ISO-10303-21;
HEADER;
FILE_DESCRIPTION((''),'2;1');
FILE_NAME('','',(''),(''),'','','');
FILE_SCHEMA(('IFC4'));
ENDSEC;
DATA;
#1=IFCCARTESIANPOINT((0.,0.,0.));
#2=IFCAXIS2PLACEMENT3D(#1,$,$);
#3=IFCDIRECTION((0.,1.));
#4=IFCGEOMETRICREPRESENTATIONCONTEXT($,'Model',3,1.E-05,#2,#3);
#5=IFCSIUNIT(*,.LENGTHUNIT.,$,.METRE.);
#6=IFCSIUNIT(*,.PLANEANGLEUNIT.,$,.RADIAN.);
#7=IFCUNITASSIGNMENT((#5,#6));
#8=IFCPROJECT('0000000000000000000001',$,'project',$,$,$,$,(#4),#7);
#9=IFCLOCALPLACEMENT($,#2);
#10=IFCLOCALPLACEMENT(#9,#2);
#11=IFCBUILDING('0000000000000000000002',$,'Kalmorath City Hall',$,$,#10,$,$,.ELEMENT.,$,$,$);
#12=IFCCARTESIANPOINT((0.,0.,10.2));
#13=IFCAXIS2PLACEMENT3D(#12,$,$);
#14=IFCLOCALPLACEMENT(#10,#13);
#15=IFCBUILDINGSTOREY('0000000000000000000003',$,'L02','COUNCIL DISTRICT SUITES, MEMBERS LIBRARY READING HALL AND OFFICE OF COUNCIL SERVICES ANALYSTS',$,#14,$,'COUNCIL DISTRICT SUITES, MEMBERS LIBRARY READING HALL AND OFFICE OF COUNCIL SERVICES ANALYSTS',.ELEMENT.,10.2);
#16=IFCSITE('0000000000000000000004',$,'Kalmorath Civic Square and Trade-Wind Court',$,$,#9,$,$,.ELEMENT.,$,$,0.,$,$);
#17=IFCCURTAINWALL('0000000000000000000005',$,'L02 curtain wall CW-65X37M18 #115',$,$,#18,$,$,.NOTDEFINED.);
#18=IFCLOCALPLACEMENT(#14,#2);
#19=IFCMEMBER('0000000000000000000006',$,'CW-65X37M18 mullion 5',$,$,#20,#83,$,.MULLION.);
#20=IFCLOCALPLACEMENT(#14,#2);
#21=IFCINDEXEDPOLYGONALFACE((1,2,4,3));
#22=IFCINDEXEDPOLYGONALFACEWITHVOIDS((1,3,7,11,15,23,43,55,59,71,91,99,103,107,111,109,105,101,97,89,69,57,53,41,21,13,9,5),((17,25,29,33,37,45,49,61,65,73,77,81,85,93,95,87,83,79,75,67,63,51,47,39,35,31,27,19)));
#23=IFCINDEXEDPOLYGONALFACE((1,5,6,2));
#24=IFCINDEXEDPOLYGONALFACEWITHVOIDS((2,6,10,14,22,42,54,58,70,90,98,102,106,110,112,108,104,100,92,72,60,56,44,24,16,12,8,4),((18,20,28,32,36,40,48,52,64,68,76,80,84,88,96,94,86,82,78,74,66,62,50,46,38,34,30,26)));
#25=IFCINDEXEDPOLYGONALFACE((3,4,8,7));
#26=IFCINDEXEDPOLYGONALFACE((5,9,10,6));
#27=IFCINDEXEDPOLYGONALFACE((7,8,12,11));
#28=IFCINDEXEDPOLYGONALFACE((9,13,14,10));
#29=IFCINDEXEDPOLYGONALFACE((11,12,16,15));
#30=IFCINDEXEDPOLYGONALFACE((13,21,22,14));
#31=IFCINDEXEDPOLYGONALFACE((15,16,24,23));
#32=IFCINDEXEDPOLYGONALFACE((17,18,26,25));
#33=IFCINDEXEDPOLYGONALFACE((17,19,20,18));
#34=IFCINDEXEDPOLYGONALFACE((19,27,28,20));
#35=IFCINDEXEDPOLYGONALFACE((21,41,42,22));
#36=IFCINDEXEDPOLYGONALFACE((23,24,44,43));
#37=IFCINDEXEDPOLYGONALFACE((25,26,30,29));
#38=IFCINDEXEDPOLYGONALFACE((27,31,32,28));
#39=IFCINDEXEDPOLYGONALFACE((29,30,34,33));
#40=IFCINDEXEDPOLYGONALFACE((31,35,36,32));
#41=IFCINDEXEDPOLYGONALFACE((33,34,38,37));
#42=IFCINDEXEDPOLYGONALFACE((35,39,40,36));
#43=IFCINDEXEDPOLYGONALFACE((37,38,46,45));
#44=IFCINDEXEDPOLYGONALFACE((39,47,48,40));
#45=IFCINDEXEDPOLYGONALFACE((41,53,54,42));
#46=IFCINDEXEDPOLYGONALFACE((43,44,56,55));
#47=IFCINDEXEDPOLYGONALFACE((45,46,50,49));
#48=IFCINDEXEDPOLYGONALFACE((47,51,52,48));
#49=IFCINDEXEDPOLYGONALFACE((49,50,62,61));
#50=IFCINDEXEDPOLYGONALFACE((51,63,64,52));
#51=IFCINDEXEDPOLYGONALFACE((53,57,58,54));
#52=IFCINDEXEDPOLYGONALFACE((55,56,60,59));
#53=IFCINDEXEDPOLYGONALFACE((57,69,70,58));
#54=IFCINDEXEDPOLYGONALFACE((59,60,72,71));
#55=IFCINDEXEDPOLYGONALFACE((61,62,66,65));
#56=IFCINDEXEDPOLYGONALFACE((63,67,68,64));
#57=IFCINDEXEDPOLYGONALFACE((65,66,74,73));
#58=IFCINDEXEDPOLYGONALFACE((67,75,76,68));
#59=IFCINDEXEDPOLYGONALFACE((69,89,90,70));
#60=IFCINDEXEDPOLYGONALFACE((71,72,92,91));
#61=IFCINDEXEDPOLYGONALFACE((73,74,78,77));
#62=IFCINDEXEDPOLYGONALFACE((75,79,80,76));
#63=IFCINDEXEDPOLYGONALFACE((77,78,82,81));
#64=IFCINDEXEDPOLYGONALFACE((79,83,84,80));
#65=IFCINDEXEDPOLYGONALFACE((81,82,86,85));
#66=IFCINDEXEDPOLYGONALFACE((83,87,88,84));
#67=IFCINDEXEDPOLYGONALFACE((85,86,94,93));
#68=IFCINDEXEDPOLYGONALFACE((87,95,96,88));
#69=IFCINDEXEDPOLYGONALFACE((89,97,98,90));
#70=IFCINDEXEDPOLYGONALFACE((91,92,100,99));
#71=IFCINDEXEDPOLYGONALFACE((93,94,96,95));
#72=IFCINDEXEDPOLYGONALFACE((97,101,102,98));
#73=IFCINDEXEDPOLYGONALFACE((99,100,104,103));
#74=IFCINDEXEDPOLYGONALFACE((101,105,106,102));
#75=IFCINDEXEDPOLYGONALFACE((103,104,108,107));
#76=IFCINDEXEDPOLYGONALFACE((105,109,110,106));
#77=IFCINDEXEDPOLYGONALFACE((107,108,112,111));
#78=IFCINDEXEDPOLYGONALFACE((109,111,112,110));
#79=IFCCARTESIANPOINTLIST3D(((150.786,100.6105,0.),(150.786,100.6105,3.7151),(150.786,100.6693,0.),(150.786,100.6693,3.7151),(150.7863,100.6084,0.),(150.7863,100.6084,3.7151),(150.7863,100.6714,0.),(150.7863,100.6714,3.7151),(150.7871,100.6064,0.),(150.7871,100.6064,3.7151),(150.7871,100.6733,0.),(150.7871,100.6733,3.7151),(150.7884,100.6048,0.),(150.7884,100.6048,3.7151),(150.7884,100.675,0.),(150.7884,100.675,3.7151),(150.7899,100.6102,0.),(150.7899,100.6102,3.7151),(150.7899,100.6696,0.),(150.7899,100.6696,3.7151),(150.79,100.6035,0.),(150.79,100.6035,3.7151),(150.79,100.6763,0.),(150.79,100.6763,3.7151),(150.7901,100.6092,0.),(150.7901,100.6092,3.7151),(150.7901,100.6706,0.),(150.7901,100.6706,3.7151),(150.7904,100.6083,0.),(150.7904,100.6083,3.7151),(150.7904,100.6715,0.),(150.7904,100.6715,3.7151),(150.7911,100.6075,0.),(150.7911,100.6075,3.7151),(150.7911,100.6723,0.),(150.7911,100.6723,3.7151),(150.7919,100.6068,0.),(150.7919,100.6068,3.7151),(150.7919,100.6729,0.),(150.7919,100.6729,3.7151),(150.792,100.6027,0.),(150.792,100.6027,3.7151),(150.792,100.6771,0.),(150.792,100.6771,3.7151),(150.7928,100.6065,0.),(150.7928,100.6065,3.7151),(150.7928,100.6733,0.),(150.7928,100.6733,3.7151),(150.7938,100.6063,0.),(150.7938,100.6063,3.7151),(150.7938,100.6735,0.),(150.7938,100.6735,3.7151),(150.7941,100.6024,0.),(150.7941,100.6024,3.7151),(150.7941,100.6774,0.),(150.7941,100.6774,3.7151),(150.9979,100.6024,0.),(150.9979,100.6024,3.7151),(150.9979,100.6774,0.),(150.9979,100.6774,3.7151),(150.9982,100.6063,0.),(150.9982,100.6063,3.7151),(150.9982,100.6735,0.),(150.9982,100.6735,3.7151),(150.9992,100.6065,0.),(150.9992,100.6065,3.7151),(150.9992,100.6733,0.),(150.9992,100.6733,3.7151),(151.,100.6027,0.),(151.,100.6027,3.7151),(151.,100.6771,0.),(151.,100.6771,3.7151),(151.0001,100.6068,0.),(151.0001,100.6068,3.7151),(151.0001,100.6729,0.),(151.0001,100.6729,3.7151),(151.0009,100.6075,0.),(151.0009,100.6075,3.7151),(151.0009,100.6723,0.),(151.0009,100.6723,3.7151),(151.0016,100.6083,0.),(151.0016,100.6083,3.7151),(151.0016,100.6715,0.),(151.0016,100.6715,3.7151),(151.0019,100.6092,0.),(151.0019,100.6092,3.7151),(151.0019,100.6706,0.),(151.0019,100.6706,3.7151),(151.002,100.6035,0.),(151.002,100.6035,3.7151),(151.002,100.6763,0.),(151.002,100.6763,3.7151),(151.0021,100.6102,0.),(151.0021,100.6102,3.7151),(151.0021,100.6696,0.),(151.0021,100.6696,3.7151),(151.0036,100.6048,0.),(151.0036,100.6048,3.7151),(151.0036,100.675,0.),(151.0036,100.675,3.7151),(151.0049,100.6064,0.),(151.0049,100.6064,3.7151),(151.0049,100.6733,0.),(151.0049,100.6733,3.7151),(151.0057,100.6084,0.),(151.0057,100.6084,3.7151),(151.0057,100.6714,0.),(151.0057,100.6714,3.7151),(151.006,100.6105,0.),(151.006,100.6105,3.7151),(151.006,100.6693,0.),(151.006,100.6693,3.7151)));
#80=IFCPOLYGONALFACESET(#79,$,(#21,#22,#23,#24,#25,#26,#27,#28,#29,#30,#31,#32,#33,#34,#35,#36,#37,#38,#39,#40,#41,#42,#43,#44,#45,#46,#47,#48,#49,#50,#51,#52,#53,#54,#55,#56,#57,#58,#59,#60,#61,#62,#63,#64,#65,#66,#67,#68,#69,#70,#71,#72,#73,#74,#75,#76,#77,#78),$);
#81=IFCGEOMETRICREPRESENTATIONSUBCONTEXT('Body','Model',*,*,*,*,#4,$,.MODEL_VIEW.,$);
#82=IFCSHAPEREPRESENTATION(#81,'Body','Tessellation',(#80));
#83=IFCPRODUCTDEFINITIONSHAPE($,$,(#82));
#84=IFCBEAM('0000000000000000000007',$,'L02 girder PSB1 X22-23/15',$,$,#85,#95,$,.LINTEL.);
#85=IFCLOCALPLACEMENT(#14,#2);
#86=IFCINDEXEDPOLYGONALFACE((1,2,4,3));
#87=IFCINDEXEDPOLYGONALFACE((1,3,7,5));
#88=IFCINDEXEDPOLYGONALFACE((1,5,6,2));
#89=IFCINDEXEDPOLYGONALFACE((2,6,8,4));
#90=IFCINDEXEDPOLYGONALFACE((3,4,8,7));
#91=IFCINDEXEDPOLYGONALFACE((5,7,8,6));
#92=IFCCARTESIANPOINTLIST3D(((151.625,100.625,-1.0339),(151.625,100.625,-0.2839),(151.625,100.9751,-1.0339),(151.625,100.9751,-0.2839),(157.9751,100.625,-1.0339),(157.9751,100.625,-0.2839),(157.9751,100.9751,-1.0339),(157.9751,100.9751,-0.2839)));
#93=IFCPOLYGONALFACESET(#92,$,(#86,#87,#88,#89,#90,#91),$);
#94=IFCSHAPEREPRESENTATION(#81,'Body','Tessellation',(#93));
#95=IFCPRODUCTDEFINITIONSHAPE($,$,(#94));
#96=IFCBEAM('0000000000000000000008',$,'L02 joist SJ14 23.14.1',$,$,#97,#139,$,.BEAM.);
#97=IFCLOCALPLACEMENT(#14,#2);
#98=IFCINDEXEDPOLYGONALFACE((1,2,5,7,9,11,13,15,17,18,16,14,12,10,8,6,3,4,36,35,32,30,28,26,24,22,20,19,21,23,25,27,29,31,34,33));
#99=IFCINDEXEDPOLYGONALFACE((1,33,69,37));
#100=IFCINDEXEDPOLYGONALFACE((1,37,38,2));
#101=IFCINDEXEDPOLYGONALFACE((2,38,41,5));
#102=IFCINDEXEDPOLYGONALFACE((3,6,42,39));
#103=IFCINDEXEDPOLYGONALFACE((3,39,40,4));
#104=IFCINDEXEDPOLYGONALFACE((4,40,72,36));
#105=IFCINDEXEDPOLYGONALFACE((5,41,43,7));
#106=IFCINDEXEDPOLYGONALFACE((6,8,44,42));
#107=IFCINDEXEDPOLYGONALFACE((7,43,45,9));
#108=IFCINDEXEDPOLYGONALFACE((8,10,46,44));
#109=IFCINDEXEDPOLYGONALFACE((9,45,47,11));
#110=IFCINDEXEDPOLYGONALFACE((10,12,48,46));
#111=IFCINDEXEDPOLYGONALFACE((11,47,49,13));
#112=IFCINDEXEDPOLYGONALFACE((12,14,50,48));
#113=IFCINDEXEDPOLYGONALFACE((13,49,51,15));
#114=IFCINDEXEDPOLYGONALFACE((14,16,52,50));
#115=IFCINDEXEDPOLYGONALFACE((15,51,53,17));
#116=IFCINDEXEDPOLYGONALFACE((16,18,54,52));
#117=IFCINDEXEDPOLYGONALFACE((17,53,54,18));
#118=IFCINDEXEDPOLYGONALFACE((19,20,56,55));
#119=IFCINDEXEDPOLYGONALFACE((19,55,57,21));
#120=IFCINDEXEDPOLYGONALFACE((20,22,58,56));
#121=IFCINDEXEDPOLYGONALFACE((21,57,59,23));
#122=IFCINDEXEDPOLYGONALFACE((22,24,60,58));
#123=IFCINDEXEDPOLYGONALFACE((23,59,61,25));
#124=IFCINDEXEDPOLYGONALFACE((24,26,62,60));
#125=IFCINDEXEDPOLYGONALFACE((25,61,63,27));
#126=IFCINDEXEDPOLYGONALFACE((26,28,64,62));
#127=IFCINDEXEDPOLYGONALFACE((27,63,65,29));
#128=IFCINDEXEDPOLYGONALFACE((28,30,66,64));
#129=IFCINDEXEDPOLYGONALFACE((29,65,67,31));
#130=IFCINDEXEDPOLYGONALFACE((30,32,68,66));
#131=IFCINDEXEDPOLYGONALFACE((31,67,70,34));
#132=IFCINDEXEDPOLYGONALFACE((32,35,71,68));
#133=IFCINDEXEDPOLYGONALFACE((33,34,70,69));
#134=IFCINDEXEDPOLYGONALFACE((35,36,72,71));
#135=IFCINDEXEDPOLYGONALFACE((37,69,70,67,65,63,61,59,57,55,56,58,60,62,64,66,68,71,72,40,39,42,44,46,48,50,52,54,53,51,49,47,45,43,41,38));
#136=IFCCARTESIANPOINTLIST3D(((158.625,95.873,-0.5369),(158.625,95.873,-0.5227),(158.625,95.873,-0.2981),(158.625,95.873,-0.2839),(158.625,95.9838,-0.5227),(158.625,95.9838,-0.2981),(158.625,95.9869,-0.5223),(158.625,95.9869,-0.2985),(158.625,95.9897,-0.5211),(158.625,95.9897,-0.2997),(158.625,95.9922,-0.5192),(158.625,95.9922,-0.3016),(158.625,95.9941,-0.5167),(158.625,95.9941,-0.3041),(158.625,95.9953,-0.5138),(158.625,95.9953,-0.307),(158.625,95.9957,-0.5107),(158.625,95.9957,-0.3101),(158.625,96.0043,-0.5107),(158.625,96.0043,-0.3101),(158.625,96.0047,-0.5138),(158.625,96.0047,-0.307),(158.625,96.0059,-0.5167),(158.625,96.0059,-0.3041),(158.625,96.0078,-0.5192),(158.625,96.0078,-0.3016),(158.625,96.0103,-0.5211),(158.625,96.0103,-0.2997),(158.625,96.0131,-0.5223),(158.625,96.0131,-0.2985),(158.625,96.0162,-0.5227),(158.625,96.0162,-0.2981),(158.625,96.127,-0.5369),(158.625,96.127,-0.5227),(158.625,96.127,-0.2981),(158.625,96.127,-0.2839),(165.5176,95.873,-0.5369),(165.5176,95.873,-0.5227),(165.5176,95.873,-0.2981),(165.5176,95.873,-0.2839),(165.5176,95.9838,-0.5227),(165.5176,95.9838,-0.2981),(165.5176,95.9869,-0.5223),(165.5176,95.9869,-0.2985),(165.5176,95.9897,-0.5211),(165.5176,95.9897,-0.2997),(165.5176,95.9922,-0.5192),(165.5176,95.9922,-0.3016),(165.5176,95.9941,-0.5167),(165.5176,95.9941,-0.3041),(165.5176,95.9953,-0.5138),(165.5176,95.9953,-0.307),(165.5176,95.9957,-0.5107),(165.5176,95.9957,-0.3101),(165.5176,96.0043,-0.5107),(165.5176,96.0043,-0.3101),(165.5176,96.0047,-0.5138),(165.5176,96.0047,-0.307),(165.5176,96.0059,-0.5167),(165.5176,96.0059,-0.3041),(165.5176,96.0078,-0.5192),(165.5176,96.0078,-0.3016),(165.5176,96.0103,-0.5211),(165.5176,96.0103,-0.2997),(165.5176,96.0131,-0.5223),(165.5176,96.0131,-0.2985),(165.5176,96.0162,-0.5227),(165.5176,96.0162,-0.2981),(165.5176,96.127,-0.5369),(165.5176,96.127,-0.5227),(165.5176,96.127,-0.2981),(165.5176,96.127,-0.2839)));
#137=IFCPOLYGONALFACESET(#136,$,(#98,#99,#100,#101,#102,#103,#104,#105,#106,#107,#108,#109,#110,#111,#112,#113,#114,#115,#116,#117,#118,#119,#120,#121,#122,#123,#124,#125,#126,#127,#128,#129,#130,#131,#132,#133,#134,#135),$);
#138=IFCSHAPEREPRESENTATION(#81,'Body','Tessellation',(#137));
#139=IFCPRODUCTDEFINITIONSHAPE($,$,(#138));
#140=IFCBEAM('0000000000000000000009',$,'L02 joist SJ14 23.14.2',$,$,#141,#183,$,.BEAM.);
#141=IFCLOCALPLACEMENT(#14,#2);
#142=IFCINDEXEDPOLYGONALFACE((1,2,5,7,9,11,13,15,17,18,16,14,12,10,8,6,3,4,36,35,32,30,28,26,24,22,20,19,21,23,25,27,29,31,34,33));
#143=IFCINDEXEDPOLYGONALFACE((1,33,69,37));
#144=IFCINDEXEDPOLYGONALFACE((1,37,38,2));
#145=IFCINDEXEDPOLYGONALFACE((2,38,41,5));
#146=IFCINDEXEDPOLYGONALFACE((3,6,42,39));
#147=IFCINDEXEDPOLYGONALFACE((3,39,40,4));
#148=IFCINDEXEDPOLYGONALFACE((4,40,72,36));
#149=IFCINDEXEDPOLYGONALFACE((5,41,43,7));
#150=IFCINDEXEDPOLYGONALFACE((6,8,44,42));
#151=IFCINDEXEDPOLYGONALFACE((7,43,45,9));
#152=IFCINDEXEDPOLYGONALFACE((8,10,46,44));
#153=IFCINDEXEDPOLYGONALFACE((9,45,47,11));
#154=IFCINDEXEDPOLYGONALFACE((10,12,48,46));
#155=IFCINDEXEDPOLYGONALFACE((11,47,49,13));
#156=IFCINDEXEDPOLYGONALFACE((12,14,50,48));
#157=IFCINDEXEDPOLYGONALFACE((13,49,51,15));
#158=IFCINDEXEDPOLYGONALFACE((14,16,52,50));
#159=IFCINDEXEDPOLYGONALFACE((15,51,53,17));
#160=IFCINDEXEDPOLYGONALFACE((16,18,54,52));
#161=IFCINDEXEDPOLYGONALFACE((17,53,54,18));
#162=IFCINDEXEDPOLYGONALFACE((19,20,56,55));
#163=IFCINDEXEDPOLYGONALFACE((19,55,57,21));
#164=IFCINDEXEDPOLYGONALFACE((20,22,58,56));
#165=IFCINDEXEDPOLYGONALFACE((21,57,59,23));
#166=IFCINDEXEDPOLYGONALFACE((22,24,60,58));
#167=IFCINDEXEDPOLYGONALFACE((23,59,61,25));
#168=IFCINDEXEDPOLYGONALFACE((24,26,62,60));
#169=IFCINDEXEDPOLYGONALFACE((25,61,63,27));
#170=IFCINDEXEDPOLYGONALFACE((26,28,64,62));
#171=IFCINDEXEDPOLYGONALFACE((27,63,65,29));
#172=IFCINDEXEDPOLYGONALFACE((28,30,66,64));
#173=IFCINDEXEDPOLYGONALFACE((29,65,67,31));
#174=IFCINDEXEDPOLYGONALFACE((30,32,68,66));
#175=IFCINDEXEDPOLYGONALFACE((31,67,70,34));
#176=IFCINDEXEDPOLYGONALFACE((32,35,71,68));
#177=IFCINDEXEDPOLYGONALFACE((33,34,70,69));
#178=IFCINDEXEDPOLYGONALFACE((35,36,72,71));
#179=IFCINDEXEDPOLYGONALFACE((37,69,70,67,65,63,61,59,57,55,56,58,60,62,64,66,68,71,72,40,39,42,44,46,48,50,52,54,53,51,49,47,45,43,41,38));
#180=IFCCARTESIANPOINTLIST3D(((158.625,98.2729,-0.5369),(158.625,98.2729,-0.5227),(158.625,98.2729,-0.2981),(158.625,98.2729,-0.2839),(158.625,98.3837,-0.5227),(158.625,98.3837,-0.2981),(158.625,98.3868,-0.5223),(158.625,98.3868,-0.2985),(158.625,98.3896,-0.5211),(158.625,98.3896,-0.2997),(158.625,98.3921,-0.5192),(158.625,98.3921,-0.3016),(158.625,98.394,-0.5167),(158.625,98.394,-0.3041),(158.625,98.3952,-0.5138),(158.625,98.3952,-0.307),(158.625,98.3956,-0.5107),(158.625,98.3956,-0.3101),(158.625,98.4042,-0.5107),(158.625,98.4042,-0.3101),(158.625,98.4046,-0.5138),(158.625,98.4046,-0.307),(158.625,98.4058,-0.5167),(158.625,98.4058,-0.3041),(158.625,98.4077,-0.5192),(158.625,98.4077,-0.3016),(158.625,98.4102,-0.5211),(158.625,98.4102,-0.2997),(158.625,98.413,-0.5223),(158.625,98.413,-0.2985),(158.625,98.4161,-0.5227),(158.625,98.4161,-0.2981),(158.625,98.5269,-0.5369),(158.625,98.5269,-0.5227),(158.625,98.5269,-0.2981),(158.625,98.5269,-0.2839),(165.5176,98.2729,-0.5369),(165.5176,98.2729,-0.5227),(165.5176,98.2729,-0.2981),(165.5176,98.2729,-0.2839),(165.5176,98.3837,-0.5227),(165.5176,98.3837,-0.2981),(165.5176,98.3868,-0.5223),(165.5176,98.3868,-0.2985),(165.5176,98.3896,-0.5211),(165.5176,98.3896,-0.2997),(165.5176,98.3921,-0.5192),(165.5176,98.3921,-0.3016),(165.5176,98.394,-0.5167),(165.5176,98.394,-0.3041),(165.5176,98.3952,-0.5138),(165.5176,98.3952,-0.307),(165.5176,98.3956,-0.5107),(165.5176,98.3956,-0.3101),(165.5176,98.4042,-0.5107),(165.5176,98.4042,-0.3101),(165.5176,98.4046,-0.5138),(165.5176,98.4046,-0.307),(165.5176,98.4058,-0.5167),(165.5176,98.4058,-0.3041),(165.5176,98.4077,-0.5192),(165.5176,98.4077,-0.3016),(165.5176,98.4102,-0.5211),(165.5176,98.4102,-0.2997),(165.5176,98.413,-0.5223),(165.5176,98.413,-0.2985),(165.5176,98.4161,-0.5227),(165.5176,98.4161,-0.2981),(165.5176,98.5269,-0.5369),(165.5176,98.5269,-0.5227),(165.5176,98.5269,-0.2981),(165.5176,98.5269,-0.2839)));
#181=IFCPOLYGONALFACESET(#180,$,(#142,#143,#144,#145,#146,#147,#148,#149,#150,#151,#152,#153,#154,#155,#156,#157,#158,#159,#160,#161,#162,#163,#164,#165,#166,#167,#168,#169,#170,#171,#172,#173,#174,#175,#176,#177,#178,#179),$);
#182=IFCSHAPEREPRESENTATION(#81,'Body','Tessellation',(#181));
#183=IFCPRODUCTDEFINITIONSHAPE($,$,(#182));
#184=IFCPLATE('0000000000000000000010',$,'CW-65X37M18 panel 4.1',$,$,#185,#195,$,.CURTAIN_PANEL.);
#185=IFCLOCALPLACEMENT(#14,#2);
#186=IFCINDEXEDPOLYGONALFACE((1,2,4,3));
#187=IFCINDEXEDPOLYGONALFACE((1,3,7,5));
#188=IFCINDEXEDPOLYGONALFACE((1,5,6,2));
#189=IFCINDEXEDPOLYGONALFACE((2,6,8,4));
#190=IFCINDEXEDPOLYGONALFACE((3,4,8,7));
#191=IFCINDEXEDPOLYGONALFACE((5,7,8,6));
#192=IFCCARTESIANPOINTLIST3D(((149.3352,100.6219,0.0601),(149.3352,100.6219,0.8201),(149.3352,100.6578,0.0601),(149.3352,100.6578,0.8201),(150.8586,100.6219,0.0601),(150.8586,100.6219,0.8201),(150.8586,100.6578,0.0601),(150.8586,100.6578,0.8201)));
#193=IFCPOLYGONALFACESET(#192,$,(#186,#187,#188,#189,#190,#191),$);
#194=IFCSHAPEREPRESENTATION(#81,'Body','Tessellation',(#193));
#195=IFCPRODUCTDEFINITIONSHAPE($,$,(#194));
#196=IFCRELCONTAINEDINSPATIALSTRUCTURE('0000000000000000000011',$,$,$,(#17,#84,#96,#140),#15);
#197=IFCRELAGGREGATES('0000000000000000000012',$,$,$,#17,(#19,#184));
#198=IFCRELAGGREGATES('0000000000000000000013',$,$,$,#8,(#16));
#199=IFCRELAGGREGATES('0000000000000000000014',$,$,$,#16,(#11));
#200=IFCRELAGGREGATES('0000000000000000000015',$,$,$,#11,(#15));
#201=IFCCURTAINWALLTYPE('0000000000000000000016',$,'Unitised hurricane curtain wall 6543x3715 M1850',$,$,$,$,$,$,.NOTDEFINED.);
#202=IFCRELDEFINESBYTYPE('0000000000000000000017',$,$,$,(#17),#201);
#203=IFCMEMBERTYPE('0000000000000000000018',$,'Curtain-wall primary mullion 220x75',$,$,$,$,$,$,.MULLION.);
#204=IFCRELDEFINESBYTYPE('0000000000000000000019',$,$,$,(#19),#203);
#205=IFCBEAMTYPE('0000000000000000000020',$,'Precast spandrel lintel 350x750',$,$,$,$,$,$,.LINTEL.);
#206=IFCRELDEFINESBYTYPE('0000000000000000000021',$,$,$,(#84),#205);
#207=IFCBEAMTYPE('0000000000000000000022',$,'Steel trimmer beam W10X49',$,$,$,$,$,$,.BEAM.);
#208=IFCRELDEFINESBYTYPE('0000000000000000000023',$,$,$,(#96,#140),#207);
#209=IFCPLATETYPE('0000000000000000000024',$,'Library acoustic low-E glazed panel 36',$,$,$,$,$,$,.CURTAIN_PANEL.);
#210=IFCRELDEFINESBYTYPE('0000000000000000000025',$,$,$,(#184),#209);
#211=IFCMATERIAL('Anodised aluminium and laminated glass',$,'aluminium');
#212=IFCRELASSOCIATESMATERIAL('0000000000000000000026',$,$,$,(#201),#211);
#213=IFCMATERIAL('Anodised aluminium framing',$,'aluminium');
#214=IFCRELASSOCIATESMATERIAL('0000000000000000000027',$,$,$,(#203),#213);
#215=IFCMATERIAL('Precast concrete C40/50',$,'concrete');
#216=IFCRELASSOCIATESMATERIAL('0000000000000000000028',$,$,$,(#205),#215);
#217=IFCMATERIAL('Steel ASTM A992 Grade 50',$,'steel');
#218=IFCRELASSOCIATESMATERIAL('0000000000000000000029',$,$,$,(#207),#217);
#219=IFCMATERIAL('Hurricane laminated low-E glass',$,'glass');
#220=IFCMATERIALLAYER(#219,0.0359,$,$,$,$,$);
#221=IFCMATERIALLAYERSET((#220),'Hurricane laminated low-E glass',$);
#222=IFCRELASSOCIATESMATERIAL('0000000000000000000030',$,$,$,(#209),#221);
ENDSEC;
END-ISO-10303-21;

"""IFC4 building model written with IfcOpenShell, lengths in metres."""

from ifc_helpers import new_model, si_unit, direction, frame, origin, origin_2d, place, context, subcontext, project, spatial, rectangle, hollow_rectangle, i_section, extrude, material, layer, layer_set, material_profile, profile_set, type_object, element, aggregate, save


model = new_model("IFC4")

# Units and contexts
model_context = context("Model", 3, precision=1e-05, world=origin(), true_north=direction((0.0, 1.0)))
body_context = subcontext(model_context, "Body", "Model", "MODEL_VIEW")
ifc_project = project(units=[si_unit("LENGTHUNIT", "METRE"), si_unit("PLANEANGLEUNIT", "RADIAN")], contexts=[model_context])

# Site, building, storey
site_placement = place(None, origin())
site = spatial("IfcSite", under=ifc_project, at=site_placement, Name="Kalmorath Civic Square and Trade-Wind Court", CompositionType="ELEMENT", RefElevation=0.0)
building_placement = place(site_placement, origin())
building = spatial("IfcBuilding", under=site, at=building_placement, Name="Kalmorath City Hall", CompositionType="ELEMENT")
storey_placement = place(building_placement, frame((0.0, 0.0, 10.2)))
storey = spatial("IfcBuildingStorey", under=building, at=storey_placement, Name="L02", Description="COUNCIL DISTRICT SUITES, MEMBERS LIBRARY READING HALL AND OFFICE OF COUNCIL SERVICES ANALYSTS", LongName="COUNCIL DISTRICT SUITES, MEMBERS LIBRARY READING HALL AND OFFICE OF COUNCIL SERVICES ANALYSTS", CompositionType="ELEMENT", Elevation=10.2)

# Curtain wall, member
ifc_material_1 = material(Name="Anodised aluminium and laminated glass", Category="aluminium")
curtain_wall_type = type_object("IfcCurtainWallType", Name="Unitised hurricane curtain wall 6543x3715 M1850", PredefinedType="NOTDEFINED", material=ifc_material_1)
curtain_wall_placement = place(storey_placement, origin())
curtain_wall = element("IfcCurtainWall", 1, at=curtain_wall_placement, inside=storey, type_object=curtain_wall_type, Name="L02 curtain wall CW-65X37M18 #115", PredefinedType="NOTDEFINED")
ifc_material_2 = material(Name="Anodised aluminium framing", Category="aluminium")
ifc_material_profile_1 = material_profile(ifc_material_2, hollow_rectangle(XDim=0.075, YDim=0.22, WallThickness=0.0039, InnerFilletRadius=0.0039, OuterFilletRadius=0.0081, at=origin_2d()), Name="ALU-MUL-220X75X4")
ifc_profile_set_1 = profile_set([ifc_material_profile_1], Name="Anodised aluminium framing")
member_type_1 = type_object("IfcMemberType", Name="Curtain-wall primary mullion 220x75", PredefinedType="MULLION", material=ifc_profile_set_1)
member_1_placement = place(storey_placement, frame((150.896, 100.6399, 0.0), z_axis=(0.0, 0.0, 1.0), x_axis=(0.0, 1.0, 0.0)))
member_1 = element("IfcMember", 2, at=member_1_placement, type_object=member_type_1, Name="CW-65X37M18 mullion 5", PredefinedType="MULLION", context=body_context, shape_type="SweptSolid", body=[
    extrude(hollow_rectangle(XDim=0.075, YDim=0.22, WallThickness=0.0039, InnerFilletRadius=0.0039, OuterFilletRadius=0.0081, at=origin_2d()), origin(), (0.0, 0.0, 1.0), 3.7151),
])

# Beams
ifc_material_3 = material(Name="Precast concrete C40/50", Category="concrete")
ifc_material_profile_2 = material_profile(ifc_material_3, rectangle(XDim=0.3501, YDim=0.75, at=origin_2d()), Name="PC-SP-350X750")
ifc_profile_set_2 = profile_set([ifc_material_profile_2], Name="Precast concrete C40/50")
beam_type_1 = type_object("IfcBeamType", Name="Precast spandrel lintel 350x750", PredefinedType="LINTEL", material=ifc_profile_set_2)
beam_placement = place(storey_placement, frame((151.625, 100.8, -0.6589), z_axis=(1.0, 0.0, 0.0), x_axis=(0.0, 1.0, 0.0)))
element("IfcBeam", 3, at=beam_placement, inside=storey, type_object=beam_type_1, Name="L02 girder PSB1 X22-23/15", PredefinedType="LINTEL", context=body_context, shape_type="SweptSolid", body=[
    extrude(rectangle(XDim=0.3501, YDim=0.75, at=origin_2d()), origin(), (0.0, 0.0, 1.0), 6.3501),
])
ifc_material_4 = material(Name="Steel ASTM A992 Grade 50", Category="steel")
ifc_material_profile_3 = material_profile(ifc_material_4, i_section(OverallWidth=0.2539, OverallDepth=0.2529, WebThickness=0.0085, FlangeThickness=0.0142, FilletRadius=0.012, at=origin_2d()), Name="W10X49")
ifc_profile_set_3 = profile_set([ifc_material_profile_3], Name="Steel ASTM A992 Grade 50")
beam_type_2 = type_object("IfcBeamType", Name="Steel trimmer beam W10X49", PredefinedType="BEAM", material=ifc_profile_set_3)
for number, where, z_axis, x_axis, name in (
    (4, (158.625, 96.0, -0.4104), (1.0, 0.0, 0.0), (0.0, 1.0, 0.0), "L02 joist SJ14 23.14.1"),
    (5, (158.625, 98.3999, -0.4104), (1.0, 0.0, 0.0), (0.0, 1.0, 0.0), "L02 joist SJ14 23.14.2"),
):
    element("IfcBeam", number, at=place(storey_placement, frame(where, z_axis=z_axis, x_axis=x_axis)), inside=storey, type_object=beam_type_2, Name=name, PredefinedType="BEAM", context=body_context, shape_type="SweptSolid", body=[
        extrude(i_section(OverallWidth=0.2539, OverallDepth=0.2529, WebThickness=0.0085, FlangeThickness=0.0142, FilletRadius=0.012, at=origin_2d()), origin(), (0.0, 0.0, 1.0), 6.8926),
    ])

# Plate
ifc_material_5 = material(Name="Hurricane laminated low-E glass", Category="glass")
ifc_layer_1 = layer(ifc_material_5, 0.0359)
ifc_layer_set_1 = layer_set([ifc_layer_1], Name="Hurricane laminated low-E glass")
plate_type = type_object("IfcPlateType", Name="Library acoustic low-E glazed panel 36", PredefinedType="CURTAIN_PANEL", material=ifc_layer_set_1)
plate_1_placement = place(storey_placement, frame((150.0969, 100.6399, 0.0601), z_axis=(0.0, 0.0, 1.0), x_axis=(1.0, 0.0, 0.0)))
plate_1 = element("IfcPlate", 6, at=plate_1_placement, type_object=plate_type, Name="CW-65X37M18 panel 4.1", PredefinedType="CURTAIN_PANEL", context=body_context, shape_type="SweptSolid", body=[
    extrude(rectangle(XDim=1.5234, YDim=0.0359, at=origin_2d()), origin(), (0.0, 0.0, 1.0), 0.76),
])
aggregate(curtain_wall, [member_1, plate_1])

save(model, "model.ifc")
